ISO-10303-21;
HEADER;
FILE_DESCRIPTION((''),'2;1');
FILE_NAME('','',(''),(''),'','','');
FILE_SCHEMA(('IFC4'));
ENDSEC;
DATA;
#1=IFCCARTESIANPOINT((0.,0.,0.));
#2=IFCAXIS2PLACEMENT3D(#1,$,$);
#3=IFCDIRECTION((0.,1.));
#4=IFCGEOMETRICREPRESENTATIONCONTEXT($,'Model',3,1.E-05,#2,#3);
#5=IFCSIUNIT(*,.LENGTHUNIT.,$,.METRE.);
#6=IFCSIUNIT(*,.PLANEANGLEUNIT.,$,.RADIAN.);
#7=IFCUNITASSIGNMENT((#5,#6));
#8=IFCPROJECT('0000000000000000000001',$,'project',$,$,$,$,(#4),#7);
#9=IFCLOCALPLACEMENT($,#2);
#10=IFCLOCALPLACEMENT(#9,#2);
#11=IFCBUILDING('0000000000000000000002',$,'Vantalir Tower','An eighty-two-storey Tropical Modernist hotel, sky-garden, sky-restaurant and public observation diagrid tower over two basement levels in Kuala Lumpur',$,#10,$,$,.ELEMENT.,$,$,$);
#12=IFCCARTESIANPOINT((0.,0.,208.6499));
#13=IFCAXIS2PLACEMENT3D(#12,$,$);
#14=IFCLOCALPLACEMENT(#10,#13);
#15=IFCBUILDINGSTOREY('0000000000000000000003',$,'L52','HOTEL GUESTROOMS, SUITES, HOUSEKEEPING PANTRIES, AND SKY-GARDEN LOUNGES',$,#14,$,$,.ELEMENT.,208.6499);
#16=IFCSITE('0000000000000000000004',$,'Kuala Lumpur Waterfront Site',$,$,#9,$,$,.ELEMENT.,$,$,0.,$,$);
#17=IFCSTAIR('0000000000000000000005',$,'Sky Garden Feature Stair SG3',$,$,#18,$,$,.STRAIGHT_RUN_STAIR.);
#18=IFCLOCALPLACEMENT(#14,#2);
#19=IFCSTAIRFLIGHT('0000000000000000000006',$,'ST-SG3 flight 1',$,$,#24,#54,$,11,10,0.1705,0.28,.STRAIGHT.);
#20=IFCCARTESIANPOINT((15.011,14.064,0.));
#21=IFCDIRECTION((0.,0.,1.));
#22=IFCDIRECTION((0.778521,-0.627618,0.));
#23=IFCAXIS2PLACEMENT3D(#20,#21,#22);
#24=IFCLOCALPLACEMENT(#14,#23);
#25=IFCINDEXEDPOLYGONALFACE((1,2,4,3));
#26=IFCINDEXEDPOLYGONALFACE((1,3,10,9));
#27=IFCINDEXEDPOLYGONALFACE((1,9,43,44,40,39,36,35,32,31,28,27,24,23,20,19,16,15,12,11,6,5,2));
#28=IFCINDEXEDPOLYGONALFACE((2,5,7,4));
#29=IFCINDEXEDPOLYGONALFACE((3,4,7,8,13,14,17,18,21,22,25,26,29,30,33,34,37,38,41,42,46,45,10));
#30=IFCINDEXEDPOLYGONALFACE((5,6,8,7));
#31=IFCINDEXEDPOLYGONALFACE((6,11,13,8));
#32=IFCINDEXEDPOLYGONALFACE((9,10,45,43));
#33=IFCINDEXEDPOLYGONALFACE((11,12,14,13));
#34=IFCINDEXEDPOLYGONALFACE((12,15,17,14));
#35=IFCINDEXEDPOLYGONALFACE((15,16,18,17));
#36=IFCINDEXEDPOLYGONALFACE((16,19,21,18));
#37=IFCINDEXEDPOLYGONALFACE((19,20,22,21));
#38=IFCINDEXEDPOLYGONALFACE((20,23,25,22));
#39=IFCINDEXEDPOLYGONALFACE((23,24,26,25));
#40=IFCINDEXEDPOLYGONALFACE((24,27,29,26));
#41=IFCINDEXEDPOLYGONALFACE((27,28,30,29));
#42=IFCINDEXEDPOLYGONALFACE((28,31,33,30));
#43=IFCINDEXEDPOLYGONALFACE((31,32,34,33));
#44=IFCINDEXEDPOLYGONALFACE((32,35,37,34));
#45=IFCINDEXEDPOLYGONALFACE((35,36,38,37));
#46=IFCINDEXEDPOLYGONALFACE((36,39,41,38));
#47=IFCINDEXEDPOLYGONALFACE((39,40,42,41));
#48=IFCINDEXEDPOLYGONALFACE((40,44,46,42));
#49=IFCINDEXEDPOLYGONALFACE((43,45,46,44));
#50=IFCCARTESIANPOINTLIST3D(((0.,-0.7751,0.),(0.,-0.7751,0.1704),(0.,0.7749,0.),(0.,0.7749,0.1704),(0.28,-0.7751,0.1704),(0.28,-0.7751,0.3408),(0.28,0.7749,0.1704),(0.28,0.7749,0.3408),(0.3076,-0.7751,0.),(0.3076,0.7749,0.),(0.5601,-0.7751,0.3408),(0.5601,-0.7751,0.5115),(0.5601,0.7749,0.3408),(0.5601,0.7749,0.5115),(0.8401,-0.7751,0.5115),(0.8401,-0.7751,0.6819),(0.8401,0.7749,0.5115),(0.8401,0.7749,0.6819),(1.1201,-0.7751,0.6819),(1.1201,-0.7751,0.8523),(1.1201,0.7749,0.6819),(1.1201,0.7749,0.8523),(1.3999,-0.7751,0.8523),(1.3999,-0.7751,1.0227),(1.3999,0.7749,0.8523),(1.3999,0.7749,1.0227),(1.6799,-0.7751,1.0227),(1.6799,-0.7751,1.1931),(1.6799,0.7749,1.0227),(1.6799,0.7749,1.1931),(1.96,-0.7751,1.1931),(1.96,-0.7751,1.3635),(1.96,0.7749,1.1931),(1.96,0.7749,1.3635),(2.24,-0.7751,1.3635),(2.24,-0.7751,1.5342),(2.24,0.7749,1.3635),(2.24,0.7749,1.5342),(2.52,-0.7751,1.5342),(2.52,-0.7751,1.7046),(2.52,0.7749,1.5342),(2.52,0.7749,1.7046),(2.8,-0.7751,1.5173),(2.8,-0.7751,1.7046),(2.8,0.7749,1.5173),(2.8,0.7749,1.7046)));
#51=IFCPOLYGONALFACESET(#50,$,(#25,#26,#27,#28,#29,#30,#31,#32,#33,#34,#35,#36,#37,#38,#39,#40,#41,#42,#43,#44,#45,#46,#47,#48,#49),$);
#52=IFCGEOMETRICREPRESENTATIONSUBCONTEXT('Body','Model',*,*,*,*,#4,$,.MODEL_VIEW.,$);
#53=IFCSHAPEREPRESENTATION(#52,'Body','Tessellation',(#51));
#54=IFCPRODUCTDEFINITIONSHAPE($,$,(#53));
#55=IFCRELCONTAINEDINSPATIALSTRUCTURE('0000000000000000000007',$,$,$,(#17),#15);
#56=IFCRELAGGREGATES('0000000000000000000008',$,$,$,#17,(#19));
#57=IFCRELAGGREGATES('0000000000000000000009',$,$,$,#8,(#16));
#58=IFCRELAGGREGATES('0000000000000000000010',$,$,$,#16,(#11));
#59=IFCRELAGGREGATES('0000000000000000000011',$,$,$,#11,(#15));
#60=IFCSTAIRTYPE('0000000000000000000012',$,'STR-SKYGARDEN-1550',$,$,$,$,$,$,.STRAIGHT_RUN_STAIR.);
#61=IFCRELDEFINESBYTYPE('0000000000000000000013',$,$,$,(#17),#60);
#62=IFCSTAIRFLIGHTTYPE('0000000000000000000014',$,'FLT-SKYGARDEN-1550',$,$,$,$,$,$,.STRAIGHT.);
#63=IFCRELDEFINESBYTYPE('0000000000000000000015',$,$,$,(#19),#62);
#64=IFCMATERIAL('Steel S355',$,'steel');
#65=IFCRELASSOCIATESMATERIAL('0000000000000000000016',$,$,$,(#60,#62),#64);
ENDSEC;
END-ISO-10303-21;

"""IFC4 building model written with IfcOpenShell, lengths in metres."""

from ifc_helpers import new_model, si_unit, direction, frame, origin, place, context, subcontext, project, spatial, polyline, outline, extrude, material, type_object, element, aggregate, save


model = new_model("IFC4")

# Units and contexts
model_context = context("Model", 3, precision=1e-05, world=origin(), true_north=direction((0.0, 1.0)))
body_context = subcontext(model_context, "Body", "Model", "MODEL_VIEW")
ifc_project = project(units=[si_unit("LENGTHUNIT", "METRE"), si_unit("PLANEANGLEUNIT", "RADIAN")], contexts=[model_context])

# Site, building, storey
site_placement = place(None, origin())
site = spatial("IfcSite", under=ifc_project, at=site_placement, Name="Kuala Lumpur Waterfront Site", CompositionType="ELEMENT", RefElevation=0.0)
building_placement = place(site_placement, origin())
building = spatial("IfcBuilding", under=site, at=building_placement, Name="Vantalir Tower", Description="An eighty-two-storey Tropical Modernist hotel, sky-garden, sky-restaurant and public observation diagrid tower over two basement levels in Kuala Lumpur", CompositionType="ELEMENT")
storey_placement = place(building_placement, frame((0.0, 0.0, 208.6499)))
storey = spatial("IfcBuildingStorey", under=building, at=storey_placement, Name="L52", Description="HOTEL GUESTROOMS, SUITES, HOUSEKEEPING PANTRIES, AND SKY-GARDEN LOUNGES", CompositionType="ELEMENT", Elevation=208.6499)

# Shared definitions
ifc_material_1 = material(Name="Steel S355", Category="steel")

# Stair, stair flight
stair_type = type_object("IfcStairType", Name="STR-SKYGARDEN-1550", PredefinedType="STRAIGHT_RUN_STAIR", material=ifc_material_1)
stair_placement = place(storey_placement, origin())
stair = element("IfcStair", 1, at=stair_placement, inside=storey, type_object=stair_type, Name="Sky Garden Feature Stair SG3", PredefinedType="STRAIGHT_RUN_STAIR")
stair_flight_type = type_object("IfcStairFlightType", Name="FLT-SKYGARDEN-1550", PredefinedType="STRAIGHT", material=ifc_material_1)
stair_flight_placement = place(storey_placement, frame((15.011, 14.064, 0.0), z_axis=(0.0, 0.0, 1.0), x_axis=(0.778521, -0.627618, 0.0)))
stair_flight = element("IfcStairFlight", 2, at=stair_flight_placement, type_object=stair_flight_type, Name="ST-SG3 flight 1", NumberOfRisers=11, NumberOfTreads=10, PredefinedType="STRAIGHT", RiserHeight=0.1705, TreadLength=0.28, context=body_context, shape_type="SweptSolid", body=[
    extrude(outline(polyline([(0.0, 0.0), (0.0, 0.1704), (0.28, 0.1704), (0.28, 0.3408), (0.5601, 0.3408), (0.5601, 0.5115), (0.8401, 0.5115), (0.8401, 0.6819), (1.1201, 0.6819), (1.1201, 0.8523), (1.3999, 0.8523), (1.3999, 1.0227), (1.6799, 1.0227), (1.6799, 1.1931), (1.96, 1.1931), (1.96, 1.3635), (2.24, 1.3635), (2.24, 1.5342), (2.52, 1.5342), (2.52, 1.7046), (2.8, 1.7046), (2.8, 1.875), (2.8, 1.5173), (0.3076, 0.0), (0.0, 0.0)])), frame((0.0, 0.7749, 0.0), z_axis=(0.0, -1.0, 0.0), x_axis=(1.0, 0.0, 0.0)), (0.0, 0.0, 1.0), 1.55),
])
aggregate(stair, [stair_flight])

save(model, "model.ifc")
